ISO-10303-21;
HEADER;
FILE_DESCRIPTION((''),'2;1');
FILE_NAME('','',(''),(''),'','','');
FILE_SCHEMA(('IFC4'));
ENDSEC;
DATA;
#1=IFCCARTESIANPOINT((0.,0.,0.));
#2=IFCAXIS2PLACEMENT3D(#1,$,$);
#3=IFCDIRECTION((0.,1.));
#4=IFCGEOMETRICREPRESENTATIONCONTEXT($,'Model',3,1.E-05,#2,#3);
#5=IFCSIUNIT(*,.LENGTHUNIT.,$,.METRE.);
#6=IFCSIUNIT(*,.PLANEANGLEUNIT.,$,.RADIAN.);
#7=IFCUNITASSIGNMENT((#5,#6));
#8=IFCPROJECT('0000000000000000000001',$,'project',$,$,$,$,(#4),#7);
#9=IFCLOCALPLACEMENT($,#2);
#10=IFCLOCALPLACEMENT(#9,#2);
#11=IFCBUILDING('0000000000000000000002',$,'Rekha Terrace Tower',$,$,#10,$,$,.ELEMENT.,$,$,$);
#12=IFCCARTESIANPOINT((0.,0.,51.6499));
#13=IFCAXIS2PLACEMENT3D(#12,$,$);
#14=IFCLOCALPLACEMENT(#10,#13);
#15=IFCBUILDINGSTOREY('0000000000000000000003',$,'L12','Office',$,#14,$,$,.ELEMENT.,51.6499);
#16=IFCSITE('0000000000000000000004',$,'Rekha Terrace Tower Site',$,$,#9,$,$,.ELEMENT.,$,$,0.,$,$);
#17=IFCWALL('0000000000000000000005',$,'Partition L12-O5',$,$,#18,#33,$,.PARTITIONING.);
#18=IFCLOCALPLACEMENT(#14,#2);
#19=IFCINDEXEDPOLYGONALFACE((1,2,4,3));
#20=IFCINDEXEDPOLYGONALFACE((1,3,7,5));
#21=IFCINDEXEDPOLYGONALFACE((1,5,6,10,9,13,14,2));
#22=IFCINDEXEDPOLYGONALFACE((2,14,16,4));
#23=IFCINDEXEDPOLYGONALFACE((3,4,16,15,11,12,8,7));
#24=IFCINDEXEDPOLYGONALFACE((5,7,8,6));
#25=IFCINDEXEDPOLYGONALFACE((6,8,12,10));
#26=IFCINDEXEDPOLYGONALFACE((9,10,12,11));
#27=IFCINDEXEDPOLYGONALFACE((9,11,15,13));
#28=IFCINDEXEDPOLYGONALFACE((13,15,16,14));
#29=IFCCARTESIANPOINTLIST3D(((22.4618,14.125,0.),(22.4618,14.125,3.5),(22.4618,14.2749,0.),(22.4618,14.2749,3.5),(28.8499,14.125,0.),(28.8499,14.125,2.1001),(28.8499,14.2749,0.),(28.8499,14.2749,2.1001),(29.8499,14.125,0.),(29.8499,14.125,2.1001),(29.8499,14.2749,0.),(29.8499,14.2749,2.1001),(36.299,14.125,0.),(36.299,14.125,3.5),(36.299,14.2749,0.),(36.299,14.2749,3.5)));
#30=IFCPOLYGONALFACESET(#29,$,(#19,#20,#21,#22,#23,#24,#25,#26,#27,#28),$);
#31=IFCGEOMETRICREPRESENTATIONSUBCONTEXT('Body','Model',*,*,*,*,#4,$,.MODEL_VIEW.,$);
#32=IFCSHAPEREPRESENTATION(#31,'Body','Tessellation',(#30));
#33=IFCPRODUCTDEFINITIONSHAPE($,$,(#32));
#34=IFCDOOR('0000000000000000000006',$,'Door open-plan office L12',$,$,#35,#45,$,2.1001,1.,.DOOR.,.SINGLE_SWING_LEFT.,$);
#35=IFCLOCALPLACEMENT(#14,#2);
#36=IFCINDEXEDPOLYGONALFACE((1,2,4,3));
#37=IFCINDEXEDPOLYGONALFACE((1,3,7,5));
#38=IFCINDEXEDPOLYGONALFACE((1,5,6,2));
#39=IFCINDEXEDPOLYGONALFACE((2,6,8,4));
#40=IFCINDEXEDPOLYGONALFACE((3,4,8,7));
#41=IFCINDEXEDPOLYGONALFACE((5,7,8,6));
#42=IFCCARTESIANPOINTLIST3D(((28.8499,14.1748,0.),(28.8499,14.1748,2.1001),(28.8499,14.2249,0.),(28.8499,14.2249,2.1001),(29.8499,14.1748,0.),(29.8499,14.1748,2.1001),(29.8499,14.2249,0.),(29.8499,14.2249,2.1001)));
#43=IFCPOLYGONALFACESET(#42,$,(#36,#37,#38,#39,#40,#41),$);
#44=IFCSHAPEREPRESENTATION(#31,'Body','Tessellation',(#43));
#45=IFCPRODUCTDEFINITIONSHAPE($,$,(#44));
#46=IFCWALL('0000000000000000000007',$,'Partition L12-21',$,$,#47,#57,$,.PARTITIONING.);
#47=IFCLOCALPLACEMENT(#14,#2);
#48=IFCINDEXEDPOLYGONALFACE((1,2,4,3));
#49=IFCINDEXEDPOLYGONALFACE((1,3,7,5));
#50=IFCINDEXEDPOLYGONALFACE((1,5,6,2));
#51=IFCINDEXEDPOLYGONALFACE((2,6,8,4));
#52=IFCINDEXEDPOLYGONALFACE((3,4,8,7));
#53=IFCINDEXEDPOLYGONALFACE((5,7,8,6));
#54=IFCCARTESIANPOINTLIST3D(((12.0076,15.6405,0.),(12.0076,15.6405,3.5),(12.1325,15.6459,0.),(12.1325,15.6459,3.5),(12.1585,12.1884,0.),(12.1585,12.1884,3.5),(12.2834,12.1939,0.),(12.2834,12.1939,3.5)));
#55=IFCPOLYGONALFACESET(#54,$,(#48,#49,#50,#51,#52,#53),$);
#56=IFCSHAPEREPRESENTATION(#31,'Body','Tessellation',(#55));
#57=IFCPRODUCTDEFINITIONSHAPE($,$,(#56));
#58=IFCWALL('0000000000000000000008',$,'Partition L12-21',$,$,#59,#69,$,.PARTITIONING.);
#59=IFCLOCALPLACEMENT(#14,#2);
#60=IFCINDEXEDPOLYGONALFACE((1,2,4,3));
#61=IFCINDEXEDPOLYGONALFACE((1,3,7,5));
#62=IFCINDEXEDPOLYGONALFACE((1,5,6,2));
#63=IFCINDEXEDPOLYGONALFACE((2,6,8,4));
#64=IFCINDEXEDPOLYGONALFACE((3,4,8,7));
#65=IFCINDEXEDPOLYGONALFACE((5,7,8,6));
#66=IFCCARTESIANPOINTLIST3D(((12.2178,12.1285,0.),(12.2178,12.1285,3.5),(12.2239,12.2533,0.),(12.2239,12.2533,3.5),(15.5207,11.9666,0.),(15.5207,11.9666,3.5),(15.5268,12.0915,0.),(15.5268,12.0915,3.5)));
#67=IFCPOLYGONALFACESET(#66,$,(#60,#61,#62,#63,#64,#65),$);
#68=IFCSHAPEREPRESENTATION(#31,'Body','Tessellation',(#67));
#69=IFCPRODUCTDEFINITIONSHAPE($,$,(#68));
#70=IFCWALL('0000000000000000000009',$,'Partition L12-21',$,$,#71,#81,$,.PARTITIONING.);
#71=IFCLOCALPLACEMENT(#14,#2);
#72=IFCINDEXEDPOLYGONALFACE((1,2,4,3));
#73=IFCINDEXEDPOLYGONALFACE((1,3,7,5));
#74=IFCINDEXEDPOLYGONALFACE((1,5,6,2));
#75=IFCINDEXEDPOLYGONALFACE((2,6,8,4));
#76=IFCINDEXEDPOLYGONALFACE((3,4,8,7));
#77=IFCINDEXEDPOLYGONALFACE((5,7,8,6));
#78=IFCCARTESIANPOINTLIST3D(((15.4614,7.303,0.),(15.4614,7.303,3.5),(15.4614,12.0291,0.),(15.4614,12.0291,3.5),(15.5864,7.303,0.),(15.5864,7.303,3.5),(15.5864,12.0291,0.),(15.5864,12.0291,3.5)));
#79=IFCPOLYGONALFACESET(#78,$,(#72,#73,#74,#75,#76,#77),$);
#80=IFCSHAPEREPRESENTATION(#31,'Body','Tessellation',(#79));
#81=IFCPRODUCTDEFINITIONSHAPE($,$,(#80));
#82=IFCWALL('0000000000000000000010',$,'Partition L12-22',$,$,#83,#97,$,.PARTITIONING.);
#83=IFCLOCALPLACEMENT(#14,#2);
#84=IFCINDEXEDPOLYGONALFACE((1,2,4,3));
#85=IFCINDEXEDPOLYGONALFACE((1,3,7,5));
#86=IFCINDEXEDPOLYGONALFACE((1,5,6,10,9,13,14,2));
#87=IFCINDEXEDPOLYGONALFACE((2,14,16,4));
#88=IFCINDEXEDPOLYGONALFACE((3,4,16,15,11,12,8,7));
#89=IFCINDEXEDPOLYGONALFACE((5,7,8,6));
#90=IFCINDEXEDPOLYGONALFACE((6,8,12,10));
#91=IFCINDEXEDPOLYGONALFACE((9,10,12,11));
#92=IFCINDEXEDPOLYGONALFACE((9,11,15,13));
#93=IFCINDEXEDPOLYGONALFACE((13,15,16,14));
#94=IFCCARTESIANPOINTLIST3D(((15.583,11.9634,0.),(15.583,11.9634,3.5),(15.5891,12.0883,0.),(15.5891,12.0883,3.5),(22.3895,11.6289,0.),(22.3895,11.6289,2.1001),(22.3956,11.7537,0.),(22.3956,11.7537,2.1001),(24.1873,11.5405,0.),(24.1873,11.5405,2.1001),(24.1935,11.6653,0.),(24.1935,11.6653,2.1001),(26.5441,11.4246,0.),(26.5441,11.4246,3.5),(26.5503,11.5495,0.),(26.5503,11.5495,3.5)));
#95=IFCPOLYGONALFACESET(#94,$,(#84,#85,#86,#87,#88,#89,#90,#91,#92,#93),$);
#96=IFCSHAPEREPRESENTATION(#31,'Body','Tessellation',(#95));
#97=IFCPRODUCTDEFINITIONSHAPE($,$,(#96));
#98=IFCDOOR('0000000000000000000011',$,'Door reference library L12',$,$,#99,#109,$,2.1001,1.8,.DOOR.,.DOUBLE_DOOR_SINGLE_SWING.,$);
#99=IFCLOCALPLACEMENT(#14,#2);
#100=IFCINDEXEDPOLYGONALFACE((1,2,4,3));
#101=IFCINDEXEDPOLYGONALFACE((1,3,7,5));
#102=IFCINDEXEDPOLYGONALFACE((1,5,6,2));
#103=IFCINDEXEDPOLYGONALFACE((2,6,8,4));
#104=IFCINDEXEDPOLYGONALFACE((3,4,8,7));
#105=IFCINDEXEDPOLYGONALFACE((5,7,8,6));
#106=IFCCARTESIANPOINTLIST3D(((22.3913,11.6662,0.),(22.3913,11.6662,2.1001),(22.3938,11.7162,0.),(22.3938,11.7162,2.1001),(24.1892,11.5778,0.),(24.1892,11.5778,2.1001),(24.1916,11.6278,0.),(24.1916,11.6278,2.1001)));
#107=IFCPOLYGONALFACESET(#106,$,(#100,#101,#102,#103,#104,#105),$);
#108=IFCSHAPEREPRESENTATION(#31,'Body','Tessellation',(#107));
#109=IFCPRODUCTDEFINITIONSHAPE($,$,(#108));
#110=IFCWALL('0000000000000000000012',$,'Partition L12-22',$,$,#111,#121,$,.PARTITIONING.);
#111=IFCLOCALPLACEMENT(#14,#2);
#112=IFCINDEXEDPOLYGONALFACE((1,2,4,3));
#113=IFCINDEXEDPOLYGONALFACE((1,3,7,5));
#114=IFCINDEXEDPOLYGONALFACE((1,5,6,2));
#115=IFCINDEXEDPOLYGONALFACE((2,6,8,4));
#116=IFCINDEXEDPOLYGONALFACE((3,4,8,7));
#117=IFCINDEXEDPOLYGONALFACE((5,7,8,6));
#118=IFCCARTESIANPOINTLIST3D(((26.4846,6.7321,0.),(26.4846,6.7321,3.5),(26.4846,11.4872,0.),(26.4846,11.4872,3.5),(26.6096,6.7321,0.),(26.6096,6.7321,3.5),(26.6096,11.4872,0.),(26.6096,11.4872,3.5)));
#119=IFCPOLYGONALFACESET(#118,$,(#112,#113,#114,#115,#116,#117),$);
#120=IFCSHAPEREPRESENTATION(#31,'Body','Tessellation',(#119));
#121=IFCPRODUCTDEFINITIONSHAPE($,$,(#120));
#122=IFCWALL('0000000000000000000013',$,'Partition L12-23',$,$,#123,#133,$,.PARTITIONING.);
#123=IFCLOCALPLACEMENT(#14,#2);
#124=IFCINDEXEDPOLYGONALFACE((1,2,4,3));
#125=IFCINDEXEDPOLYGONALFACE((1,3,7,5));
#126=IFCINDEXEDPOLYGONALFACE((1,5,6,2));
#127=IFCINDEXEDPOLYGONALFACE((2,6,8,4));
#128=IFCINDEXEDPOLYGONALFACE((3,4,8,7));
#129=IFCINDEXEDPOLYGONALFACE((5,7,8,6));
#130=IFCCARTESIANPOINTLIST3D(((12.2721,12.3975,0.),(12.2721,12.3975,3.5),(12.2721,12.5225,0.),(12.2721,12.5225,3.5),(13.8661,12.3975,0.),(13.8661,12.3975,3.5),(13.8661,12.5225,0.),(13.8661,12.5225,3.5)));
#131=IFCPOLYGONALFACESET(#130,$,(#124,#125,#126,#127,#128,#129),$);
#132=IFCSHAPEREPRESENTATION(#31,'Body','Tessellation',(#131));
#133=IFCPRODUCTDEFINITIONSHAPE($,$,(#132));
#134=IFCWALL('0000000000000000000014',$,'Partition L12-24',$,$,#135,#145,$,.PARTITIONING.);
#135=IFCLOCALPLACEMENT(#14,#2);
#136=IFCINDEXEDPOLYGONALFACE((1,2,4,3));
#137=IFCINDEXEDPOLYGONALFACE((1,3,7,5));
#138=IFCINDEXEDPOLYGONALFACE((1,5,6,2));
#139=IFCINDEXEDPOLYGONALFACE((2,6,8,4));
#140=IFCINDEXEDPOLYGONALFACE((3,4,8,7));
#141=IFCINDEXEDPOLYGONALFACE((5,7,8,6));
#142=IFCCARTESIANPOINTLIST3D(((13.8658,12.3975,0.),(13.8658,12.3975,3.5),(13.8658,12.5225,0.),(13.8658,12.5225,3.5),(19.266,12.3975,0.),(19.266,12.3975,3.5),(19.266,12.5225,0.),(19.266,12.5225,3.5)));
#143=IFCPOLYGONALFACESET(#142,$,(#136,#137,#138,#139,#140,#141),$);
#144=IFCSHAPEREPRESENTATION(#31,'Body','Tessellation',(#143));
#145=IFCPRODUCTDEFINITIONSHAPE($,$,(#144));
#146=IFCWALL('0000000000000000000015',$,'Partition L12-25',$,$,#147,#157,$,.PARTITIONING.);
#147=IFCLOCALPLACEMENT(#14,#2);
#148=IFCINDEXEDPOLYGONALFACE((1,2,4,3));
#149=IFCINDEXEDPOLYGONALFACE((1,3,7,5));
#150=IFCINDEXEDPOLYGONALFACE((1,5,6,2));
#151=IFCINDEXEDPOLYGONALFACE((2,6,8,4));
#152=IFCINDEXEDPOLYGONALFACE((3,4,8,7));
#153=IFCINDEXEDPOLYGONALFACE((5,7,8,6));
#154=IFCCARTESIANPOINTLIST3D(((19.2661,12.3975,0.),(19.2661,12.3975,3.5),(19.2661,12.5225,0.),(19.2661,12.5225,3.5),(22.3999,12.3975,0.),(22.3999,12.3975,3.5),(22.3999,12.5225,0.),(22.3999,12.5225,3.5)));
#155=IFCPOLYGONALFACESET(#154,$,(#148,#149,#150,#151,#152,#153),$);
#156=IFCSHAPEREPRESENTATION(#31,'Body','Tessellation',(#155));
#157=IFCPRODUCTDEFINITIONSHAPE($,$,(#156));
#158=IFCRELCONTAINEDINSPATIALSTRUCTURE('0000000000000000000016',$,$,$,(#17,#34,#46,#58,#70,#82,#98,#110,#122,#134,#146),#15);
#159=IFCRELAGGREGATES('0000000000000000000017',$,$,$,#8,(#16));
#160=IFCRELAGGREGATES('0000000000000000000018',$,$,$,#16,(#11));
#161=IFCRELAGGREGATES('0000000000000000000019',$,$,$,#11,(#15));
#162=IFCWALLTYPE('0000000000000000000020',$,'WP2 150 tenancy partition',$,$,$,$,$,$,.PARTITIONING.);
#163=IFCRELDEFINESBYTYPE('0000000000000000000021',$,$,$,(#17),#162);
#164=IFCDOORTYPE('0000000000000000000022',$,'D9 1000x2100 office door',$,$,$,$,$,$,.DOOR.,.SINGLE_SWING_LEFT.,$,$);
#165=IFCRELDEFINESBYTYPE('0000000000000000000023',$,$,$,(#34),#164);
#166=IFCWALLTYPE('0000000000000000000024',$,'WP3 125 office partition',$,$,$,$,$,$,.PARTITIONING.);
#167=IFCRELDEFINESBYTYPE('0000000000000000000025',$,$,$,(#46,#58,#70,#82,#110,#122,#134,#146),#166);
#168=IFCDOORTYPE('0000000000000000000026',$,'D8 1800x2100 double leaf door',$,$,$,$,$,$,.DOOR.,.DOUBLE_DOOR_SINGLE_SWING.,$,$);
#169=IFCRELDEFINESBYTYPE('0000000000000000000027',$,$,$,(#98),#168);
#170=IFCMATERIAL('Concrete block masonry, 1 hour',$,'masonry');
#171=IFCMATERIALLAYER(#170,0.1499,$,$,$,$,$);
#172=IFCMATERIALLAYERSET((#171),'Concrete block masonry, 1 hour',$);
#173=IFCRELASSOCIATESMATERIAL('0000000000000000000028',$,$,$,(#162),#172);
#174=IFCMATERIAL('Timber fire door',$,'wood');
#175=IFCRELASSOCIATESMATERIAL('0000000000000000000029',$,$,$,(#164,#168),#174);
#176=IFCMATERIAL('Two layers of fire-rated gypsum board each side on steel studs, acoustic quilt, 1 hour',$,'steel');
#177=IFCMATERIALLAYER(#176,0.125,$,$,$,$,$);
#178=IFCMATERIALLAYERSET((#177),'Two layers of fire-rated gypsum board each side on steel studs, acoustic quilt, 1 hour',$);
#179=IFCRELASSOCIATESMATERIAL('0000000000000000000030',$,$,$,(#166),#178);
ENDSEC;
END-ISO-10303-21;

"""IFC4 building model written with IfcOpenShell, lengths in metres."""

from ifc_helpers import new_model, si_unit, direction, frame, frame_2d, origin, place, context, subcontext, project, spatial, rectangle, extrude, material, layer, layer_set, type_object, element, fill, save


model = new_model("IFC4")

# Units and contexts
model_context = context("Model", 3, precision=1e-05, world=origin(), true_north=direction((0.0, 1.0)))
body_context = subcontext(model_context, "Body", "Model", "MODEL_VIEW")
ifc_project = project(units=[si_unit("LENGTHUNIT", "METRE"), si_unit("PLANEANGLEUNIT", "RADIAN")], contexts=[model_context])

# Site, building, storey
site_placement = place(None, origin())
site = spatial("IfcSite", under=ifc_project, at=site_placement, Name="Rekha Terrace Tower Site", CompositionType="ELEMENT", RefElevation=0.0)
building_placement = place(site_placement, origin())
building = spatial("IfcBuilding", under=site, at=building_placement, Name="Rekha Terrace Tower", CompositionType="ELEMENT")
storey_placement = place(building_placement, frame((0.0, 0.0, 51.6499)))
storey = spatial("IfcBuildingStorey", under=building, at=storey_placement, Name="L12", Description="Office", CompositionType="ELEMENT", Elevation=51.6499)

# Wall, opening, door
ifc_material_1 = material(Name="Concrete block masonry, 1 hour", Category="masonry")
ifc_layer_1 = layer(ifc_material_1, 0.1499)
ifc_layer_set_1 = layer_set([ifc_layer_1], Name="Concrete block masonry, 1 hour")
wall_type_1 = type_object("IfcWallType", Name="WP2 150 tenancy partition", PredefinedType="PARTITIONING", material=ifc_layer_set_1)
wall_1_placement = place(storey_placement, frame((22.4619, 14.2, 0.0), z_axis=(0.0, 0.0, 1.0), x_axis=(1.0, 0.0, 0.0)))
wall_1 = element("IfcWall", 1, at=wall_1_placement, inside=storey, type_object=wall_type_1, Name="Partition L12-O5", PredefinedType="PARTITIONING", context=body_context, shape_type="SweptSolid", body=[
    extrude(rectangle(XDim=13.8372, YDim=0.1499, at=frame_2d((6.9185, 0.0))), origin(), (0.0, 0.0, 1.0), 3.5),
])
opening_1_placement = place(wall_1_placement, frame((6.3879, 0.0, 0.0)))
opening_1 = element("IfcOpeningElement", 2, at=opening_1_placement, cuts=wall_1, PredefinedType="OPENING", context=body_context, shape_type="SweptSolid", body=[
    extrude(rectangle(XDim=1.0, YDim=2.1001, at=frame_2d((0.5, 1.05))), frame((0.0, 0.085, 0.0), z_axis=(0.0, -1.0, 0.0), x_axis=(1.0, 0.0, 0.0)), (0.0, 0.0, 1.0), 0.1699),
])
ifc_material_2 = material(Name="Timber fire door", Category="wood")
door_type_1 = type_object("IfcDoorType", Name="D9 1000x2100 office door", OperationType="SINGLE_SWING_LEFT", PredefinedType="DOOR", material=ifc_material_2)
door_1_placement = place(opening_1_placement, origin())
door_1 = element("IfcDoor", 3, at=door_1_placement, inside=storey, type_object=door_type_1, Name="Door open-plan office L12", OperationType="SINGLE_SWING_LEFT", OverallHeight=2.1001, OverallWidth=1.0, PredefinedType="DOOR", context=body_context, shape_type="SweptSolid", body=[
    extrude(rectangle(XDim=1.0, YDim=2.1001, at=frame_2d((0.5, 1.05))), frame((0.0, 0.0249, 0.0), z_axis=(0.0, -1.0, 0.0), x_axis=(1.0, 0.0, 0.0)), (0.0, 0.0, 1.0), 0.05),
])
fill(opening_1, door_1)

# Walls
ifc_material_3 = material(Name="Two layers of fire-rated gypsum board each side on steel studs, acoustic quilt, 1 hour", Category="steel")
ifc_layer_2 = layer(ifc_material_3, 0.125)
ifc_layer_set_2 = layer_set([ifc_layer_2], Name="Two layers of fire-rated gypsum board each side on steel studs, acoustic quilt, 1 hour")
wall_type_2 = type_object("IfcWallType", Name="WP3 125 office partition", PredefinedType="PARTITIONING", material=ifc_layer_set_2)
wall_2_placement = place(storey_placement, frame((12.0701, 15.6431, 0.0), z_axis=(0.0, 0.0, 1.0), x_axis=(0.043664, -0.999046, 0.0)))
element("IfcWall", 4, at=wall_2_placement, inside=storey, type_object=wall_type_2, Name="Partition L12-21", PredefinedType="PARTITIONING", context=body_context, shape_type="SweptSolid", body=[
    extrude(rectangle(XDim=3.4553, YDim=0.125, at=frame_2d((1.7275, 0.0))), origin(), (0.0, 0.0, 1.0), 3.5),
])
wall_3_placement = place(storey_placement, frame((12.2209, 12.1909, 0.0), z_axis=(0.0, 0.0, 1.0), x_axis=(0.998801, -0.048947, 0.0)))
element("IfcWall", 5, at=wall_3_placement, inside=storey, type_object=wall_type_2, Name="Partition L12-21", PredefinedType="PARTITIONING", context=body_context, shape_type="SweptSolid", body=[
    extrude(rectangle(XDim=3.3069, YDim=0.125, at=frame_2d((1.6533, 0.0))), origin(), (0.0, 0.0, 1.0), 3.5),
])
wall_4_placement = place(storey_placement, frame((15.5239, 12.0291, 0.0), z_axis=(0.0, 0.0, 1.0), x_axis=(0.0, -1.0, 0.0)))
element("IfcWall", 6, at=wall_4_placement, inside=storey, type_object=wall_type_2, Name="Partition L12-21", PredefinedType="PARTITIONING", context=body_context, shape_type="SweptSolid", body=[
    extrude(rectangle(XDim=4.7261, YDim=0.125, at=frame_2d((2.363, 0.0))), origin(), (0.0, 0.0, 1.0), 3.5),
])

# Wall, opening, door
wall_5_placement = place(storey_placement, frame((15.5859, 12.0259, 0.0), z_axis=(0.0, 0.0, 1.0), x_axis=(0.998794, -0.049098, 0.0)))
wall_5 = element("IfcWall", 7, at=wall_5_placement, inside=storey, type_object=wall_type_2, Name="Partition L12-22", PredefinedType="PARTITIONING", context=body_context, shape_type="SweptSolid", body=[
    extrude(rectangle(XDim=10.9744, YDim=0.125, at=frame_2d((5.4873, 0.0))), origin(), (0.0, 0.0, 1.0), 3.5),
])
opening_2_placement = place(wall_5_placement, frame((6.8149, 0.0, 0.0)))
opening_2 = element("IfcOpeningElement", 8, at=opening_2_placement, cuts=wall_5, PredefinedType="OPENING", context=body_context, shape_type="SweptSolid", body=[
    extrude(rectangle(XDim=1.8, YDim=2.1001, at=frame_2d((0.8999, 1.05))), frame((0.0, 0.0725, 0.0), z_axis=(0.0, -1.0, 0.0), x_axis=(1.0, 0.0, 0.0)), (0.0, 0.0, 1.0), 0.145),
])
door_type_2 = type_object("IfcDoorType", Name="D8 1800x2100 double leaf door", OperationType="DOUBLE_DOOR_SINGLE_SWING", PredefinedType="DOOR", material=ifc_material_2)
door_2_placement = place(opening_2_placement, origin())
door_2 = element("IfcDoor", 9, at=door_2_placement, inside=storey, type_object=door_type_2, Name="Door reference library L12", OperationType="DOUBLE_DOOR_SINGLE_SWING", OverallHeight=2.1001, OverallWidth=1.8, PredefinedType="DOOR", context=body_context, shape_type="SweptSolid", body=[
    extrude(rectangle(XDim=1.8, YDim=2.1001, at=frame_2d((0.8999, 1.05))), frame((0.0, 0.0249, 0.0), z_axis=(0.0, -1.0, 0.0), x_axis=(1.0, 0.0, 0.0)), (0.0, 0.0, 1.0), 0.05),
])
fill(opening_2, door_2)

# Walls
wall_6_placement = place(storey_placement, frame((26.5471, 11.4871, 0.0), z_axis=(0.0, 0.0, 1.0), x_axis=(0.0, -1.0, 0.0)))
element("IfcWall", 10, at=wall_6_placement, inside=storey, type_object=wall_type_2, Name="Partition L12-22", PredefinedType="PARTITIONING", context=body_context, shape_type="SweptSolid", body=[
    extrude(rectangle(XDim=4.7551, YDim=0.125, at=frame_2d((2.3774, 0.0))), origin(), (0.0, 0.0, 1.0), 3.5),
])
wall_7_placement = place(storey_placement, frame((13.866, 12.46, 0.0), z_axis=(0.0, 0.0, 1.0), x_axis=(-1.0, 0.0, 0.0)))
element("IfcWall", 11, at=wall_7_placement, inside=storey, type_object=wall_type_2, Name="Partition L12-23", PredefinedType="PARTITIONING", context=body_context, shape_type="SweptSolid", body=[
    extrude(rectangle(XDim=1.594, YDim=0.125, at=frame_2d((0.7969, 0.0))), origin(), (0.0, 0.0, 1.0), 3.5),
])
wall_8_placement = place(storey_placement, frame((19.2661, 12.46, 0.0), z_axis=(0.0, 0.0, 1.0), x_axis=(-1.0, 0.0, 0.0)))
element("IfcWall", 12, at=wall_8_placement, inside=storey, type_object=wall_type_2, Name="Partition L12-24", PredefinedType="PARTITIONING", context=body_context, shape_type="SweptSolid", body=[
    extrude(rectangle(XDim=5.4001, YDim=0.125, at=frame_2d((2.7002, 0.0))), origin(), (0.0, 0.0, 1.0), 3.5),
])
wall_9_placement = place(storey_placement, frame((22.3999, 12.46, 0.0), z_axis=(0.0, 0.0, 1.0), x_axis=(-1.0, 0.0, 0.0)))
element("IfcWall", 13, at=wall_9_placement, inside=storey, type_object=wall_type_2, Name="Partition L12-25", PredefinedType="PARTITIONING", context=body_context, shape_type="SweptSolid", body=[
    extrude(rectangle(XDim=3.1338, YDim=0.125, at=frame_2d((1.5669, 0.0))), origin(), (0.0, 0.0, 1.0), 3.5),
])

save(model, "model.ifc")
